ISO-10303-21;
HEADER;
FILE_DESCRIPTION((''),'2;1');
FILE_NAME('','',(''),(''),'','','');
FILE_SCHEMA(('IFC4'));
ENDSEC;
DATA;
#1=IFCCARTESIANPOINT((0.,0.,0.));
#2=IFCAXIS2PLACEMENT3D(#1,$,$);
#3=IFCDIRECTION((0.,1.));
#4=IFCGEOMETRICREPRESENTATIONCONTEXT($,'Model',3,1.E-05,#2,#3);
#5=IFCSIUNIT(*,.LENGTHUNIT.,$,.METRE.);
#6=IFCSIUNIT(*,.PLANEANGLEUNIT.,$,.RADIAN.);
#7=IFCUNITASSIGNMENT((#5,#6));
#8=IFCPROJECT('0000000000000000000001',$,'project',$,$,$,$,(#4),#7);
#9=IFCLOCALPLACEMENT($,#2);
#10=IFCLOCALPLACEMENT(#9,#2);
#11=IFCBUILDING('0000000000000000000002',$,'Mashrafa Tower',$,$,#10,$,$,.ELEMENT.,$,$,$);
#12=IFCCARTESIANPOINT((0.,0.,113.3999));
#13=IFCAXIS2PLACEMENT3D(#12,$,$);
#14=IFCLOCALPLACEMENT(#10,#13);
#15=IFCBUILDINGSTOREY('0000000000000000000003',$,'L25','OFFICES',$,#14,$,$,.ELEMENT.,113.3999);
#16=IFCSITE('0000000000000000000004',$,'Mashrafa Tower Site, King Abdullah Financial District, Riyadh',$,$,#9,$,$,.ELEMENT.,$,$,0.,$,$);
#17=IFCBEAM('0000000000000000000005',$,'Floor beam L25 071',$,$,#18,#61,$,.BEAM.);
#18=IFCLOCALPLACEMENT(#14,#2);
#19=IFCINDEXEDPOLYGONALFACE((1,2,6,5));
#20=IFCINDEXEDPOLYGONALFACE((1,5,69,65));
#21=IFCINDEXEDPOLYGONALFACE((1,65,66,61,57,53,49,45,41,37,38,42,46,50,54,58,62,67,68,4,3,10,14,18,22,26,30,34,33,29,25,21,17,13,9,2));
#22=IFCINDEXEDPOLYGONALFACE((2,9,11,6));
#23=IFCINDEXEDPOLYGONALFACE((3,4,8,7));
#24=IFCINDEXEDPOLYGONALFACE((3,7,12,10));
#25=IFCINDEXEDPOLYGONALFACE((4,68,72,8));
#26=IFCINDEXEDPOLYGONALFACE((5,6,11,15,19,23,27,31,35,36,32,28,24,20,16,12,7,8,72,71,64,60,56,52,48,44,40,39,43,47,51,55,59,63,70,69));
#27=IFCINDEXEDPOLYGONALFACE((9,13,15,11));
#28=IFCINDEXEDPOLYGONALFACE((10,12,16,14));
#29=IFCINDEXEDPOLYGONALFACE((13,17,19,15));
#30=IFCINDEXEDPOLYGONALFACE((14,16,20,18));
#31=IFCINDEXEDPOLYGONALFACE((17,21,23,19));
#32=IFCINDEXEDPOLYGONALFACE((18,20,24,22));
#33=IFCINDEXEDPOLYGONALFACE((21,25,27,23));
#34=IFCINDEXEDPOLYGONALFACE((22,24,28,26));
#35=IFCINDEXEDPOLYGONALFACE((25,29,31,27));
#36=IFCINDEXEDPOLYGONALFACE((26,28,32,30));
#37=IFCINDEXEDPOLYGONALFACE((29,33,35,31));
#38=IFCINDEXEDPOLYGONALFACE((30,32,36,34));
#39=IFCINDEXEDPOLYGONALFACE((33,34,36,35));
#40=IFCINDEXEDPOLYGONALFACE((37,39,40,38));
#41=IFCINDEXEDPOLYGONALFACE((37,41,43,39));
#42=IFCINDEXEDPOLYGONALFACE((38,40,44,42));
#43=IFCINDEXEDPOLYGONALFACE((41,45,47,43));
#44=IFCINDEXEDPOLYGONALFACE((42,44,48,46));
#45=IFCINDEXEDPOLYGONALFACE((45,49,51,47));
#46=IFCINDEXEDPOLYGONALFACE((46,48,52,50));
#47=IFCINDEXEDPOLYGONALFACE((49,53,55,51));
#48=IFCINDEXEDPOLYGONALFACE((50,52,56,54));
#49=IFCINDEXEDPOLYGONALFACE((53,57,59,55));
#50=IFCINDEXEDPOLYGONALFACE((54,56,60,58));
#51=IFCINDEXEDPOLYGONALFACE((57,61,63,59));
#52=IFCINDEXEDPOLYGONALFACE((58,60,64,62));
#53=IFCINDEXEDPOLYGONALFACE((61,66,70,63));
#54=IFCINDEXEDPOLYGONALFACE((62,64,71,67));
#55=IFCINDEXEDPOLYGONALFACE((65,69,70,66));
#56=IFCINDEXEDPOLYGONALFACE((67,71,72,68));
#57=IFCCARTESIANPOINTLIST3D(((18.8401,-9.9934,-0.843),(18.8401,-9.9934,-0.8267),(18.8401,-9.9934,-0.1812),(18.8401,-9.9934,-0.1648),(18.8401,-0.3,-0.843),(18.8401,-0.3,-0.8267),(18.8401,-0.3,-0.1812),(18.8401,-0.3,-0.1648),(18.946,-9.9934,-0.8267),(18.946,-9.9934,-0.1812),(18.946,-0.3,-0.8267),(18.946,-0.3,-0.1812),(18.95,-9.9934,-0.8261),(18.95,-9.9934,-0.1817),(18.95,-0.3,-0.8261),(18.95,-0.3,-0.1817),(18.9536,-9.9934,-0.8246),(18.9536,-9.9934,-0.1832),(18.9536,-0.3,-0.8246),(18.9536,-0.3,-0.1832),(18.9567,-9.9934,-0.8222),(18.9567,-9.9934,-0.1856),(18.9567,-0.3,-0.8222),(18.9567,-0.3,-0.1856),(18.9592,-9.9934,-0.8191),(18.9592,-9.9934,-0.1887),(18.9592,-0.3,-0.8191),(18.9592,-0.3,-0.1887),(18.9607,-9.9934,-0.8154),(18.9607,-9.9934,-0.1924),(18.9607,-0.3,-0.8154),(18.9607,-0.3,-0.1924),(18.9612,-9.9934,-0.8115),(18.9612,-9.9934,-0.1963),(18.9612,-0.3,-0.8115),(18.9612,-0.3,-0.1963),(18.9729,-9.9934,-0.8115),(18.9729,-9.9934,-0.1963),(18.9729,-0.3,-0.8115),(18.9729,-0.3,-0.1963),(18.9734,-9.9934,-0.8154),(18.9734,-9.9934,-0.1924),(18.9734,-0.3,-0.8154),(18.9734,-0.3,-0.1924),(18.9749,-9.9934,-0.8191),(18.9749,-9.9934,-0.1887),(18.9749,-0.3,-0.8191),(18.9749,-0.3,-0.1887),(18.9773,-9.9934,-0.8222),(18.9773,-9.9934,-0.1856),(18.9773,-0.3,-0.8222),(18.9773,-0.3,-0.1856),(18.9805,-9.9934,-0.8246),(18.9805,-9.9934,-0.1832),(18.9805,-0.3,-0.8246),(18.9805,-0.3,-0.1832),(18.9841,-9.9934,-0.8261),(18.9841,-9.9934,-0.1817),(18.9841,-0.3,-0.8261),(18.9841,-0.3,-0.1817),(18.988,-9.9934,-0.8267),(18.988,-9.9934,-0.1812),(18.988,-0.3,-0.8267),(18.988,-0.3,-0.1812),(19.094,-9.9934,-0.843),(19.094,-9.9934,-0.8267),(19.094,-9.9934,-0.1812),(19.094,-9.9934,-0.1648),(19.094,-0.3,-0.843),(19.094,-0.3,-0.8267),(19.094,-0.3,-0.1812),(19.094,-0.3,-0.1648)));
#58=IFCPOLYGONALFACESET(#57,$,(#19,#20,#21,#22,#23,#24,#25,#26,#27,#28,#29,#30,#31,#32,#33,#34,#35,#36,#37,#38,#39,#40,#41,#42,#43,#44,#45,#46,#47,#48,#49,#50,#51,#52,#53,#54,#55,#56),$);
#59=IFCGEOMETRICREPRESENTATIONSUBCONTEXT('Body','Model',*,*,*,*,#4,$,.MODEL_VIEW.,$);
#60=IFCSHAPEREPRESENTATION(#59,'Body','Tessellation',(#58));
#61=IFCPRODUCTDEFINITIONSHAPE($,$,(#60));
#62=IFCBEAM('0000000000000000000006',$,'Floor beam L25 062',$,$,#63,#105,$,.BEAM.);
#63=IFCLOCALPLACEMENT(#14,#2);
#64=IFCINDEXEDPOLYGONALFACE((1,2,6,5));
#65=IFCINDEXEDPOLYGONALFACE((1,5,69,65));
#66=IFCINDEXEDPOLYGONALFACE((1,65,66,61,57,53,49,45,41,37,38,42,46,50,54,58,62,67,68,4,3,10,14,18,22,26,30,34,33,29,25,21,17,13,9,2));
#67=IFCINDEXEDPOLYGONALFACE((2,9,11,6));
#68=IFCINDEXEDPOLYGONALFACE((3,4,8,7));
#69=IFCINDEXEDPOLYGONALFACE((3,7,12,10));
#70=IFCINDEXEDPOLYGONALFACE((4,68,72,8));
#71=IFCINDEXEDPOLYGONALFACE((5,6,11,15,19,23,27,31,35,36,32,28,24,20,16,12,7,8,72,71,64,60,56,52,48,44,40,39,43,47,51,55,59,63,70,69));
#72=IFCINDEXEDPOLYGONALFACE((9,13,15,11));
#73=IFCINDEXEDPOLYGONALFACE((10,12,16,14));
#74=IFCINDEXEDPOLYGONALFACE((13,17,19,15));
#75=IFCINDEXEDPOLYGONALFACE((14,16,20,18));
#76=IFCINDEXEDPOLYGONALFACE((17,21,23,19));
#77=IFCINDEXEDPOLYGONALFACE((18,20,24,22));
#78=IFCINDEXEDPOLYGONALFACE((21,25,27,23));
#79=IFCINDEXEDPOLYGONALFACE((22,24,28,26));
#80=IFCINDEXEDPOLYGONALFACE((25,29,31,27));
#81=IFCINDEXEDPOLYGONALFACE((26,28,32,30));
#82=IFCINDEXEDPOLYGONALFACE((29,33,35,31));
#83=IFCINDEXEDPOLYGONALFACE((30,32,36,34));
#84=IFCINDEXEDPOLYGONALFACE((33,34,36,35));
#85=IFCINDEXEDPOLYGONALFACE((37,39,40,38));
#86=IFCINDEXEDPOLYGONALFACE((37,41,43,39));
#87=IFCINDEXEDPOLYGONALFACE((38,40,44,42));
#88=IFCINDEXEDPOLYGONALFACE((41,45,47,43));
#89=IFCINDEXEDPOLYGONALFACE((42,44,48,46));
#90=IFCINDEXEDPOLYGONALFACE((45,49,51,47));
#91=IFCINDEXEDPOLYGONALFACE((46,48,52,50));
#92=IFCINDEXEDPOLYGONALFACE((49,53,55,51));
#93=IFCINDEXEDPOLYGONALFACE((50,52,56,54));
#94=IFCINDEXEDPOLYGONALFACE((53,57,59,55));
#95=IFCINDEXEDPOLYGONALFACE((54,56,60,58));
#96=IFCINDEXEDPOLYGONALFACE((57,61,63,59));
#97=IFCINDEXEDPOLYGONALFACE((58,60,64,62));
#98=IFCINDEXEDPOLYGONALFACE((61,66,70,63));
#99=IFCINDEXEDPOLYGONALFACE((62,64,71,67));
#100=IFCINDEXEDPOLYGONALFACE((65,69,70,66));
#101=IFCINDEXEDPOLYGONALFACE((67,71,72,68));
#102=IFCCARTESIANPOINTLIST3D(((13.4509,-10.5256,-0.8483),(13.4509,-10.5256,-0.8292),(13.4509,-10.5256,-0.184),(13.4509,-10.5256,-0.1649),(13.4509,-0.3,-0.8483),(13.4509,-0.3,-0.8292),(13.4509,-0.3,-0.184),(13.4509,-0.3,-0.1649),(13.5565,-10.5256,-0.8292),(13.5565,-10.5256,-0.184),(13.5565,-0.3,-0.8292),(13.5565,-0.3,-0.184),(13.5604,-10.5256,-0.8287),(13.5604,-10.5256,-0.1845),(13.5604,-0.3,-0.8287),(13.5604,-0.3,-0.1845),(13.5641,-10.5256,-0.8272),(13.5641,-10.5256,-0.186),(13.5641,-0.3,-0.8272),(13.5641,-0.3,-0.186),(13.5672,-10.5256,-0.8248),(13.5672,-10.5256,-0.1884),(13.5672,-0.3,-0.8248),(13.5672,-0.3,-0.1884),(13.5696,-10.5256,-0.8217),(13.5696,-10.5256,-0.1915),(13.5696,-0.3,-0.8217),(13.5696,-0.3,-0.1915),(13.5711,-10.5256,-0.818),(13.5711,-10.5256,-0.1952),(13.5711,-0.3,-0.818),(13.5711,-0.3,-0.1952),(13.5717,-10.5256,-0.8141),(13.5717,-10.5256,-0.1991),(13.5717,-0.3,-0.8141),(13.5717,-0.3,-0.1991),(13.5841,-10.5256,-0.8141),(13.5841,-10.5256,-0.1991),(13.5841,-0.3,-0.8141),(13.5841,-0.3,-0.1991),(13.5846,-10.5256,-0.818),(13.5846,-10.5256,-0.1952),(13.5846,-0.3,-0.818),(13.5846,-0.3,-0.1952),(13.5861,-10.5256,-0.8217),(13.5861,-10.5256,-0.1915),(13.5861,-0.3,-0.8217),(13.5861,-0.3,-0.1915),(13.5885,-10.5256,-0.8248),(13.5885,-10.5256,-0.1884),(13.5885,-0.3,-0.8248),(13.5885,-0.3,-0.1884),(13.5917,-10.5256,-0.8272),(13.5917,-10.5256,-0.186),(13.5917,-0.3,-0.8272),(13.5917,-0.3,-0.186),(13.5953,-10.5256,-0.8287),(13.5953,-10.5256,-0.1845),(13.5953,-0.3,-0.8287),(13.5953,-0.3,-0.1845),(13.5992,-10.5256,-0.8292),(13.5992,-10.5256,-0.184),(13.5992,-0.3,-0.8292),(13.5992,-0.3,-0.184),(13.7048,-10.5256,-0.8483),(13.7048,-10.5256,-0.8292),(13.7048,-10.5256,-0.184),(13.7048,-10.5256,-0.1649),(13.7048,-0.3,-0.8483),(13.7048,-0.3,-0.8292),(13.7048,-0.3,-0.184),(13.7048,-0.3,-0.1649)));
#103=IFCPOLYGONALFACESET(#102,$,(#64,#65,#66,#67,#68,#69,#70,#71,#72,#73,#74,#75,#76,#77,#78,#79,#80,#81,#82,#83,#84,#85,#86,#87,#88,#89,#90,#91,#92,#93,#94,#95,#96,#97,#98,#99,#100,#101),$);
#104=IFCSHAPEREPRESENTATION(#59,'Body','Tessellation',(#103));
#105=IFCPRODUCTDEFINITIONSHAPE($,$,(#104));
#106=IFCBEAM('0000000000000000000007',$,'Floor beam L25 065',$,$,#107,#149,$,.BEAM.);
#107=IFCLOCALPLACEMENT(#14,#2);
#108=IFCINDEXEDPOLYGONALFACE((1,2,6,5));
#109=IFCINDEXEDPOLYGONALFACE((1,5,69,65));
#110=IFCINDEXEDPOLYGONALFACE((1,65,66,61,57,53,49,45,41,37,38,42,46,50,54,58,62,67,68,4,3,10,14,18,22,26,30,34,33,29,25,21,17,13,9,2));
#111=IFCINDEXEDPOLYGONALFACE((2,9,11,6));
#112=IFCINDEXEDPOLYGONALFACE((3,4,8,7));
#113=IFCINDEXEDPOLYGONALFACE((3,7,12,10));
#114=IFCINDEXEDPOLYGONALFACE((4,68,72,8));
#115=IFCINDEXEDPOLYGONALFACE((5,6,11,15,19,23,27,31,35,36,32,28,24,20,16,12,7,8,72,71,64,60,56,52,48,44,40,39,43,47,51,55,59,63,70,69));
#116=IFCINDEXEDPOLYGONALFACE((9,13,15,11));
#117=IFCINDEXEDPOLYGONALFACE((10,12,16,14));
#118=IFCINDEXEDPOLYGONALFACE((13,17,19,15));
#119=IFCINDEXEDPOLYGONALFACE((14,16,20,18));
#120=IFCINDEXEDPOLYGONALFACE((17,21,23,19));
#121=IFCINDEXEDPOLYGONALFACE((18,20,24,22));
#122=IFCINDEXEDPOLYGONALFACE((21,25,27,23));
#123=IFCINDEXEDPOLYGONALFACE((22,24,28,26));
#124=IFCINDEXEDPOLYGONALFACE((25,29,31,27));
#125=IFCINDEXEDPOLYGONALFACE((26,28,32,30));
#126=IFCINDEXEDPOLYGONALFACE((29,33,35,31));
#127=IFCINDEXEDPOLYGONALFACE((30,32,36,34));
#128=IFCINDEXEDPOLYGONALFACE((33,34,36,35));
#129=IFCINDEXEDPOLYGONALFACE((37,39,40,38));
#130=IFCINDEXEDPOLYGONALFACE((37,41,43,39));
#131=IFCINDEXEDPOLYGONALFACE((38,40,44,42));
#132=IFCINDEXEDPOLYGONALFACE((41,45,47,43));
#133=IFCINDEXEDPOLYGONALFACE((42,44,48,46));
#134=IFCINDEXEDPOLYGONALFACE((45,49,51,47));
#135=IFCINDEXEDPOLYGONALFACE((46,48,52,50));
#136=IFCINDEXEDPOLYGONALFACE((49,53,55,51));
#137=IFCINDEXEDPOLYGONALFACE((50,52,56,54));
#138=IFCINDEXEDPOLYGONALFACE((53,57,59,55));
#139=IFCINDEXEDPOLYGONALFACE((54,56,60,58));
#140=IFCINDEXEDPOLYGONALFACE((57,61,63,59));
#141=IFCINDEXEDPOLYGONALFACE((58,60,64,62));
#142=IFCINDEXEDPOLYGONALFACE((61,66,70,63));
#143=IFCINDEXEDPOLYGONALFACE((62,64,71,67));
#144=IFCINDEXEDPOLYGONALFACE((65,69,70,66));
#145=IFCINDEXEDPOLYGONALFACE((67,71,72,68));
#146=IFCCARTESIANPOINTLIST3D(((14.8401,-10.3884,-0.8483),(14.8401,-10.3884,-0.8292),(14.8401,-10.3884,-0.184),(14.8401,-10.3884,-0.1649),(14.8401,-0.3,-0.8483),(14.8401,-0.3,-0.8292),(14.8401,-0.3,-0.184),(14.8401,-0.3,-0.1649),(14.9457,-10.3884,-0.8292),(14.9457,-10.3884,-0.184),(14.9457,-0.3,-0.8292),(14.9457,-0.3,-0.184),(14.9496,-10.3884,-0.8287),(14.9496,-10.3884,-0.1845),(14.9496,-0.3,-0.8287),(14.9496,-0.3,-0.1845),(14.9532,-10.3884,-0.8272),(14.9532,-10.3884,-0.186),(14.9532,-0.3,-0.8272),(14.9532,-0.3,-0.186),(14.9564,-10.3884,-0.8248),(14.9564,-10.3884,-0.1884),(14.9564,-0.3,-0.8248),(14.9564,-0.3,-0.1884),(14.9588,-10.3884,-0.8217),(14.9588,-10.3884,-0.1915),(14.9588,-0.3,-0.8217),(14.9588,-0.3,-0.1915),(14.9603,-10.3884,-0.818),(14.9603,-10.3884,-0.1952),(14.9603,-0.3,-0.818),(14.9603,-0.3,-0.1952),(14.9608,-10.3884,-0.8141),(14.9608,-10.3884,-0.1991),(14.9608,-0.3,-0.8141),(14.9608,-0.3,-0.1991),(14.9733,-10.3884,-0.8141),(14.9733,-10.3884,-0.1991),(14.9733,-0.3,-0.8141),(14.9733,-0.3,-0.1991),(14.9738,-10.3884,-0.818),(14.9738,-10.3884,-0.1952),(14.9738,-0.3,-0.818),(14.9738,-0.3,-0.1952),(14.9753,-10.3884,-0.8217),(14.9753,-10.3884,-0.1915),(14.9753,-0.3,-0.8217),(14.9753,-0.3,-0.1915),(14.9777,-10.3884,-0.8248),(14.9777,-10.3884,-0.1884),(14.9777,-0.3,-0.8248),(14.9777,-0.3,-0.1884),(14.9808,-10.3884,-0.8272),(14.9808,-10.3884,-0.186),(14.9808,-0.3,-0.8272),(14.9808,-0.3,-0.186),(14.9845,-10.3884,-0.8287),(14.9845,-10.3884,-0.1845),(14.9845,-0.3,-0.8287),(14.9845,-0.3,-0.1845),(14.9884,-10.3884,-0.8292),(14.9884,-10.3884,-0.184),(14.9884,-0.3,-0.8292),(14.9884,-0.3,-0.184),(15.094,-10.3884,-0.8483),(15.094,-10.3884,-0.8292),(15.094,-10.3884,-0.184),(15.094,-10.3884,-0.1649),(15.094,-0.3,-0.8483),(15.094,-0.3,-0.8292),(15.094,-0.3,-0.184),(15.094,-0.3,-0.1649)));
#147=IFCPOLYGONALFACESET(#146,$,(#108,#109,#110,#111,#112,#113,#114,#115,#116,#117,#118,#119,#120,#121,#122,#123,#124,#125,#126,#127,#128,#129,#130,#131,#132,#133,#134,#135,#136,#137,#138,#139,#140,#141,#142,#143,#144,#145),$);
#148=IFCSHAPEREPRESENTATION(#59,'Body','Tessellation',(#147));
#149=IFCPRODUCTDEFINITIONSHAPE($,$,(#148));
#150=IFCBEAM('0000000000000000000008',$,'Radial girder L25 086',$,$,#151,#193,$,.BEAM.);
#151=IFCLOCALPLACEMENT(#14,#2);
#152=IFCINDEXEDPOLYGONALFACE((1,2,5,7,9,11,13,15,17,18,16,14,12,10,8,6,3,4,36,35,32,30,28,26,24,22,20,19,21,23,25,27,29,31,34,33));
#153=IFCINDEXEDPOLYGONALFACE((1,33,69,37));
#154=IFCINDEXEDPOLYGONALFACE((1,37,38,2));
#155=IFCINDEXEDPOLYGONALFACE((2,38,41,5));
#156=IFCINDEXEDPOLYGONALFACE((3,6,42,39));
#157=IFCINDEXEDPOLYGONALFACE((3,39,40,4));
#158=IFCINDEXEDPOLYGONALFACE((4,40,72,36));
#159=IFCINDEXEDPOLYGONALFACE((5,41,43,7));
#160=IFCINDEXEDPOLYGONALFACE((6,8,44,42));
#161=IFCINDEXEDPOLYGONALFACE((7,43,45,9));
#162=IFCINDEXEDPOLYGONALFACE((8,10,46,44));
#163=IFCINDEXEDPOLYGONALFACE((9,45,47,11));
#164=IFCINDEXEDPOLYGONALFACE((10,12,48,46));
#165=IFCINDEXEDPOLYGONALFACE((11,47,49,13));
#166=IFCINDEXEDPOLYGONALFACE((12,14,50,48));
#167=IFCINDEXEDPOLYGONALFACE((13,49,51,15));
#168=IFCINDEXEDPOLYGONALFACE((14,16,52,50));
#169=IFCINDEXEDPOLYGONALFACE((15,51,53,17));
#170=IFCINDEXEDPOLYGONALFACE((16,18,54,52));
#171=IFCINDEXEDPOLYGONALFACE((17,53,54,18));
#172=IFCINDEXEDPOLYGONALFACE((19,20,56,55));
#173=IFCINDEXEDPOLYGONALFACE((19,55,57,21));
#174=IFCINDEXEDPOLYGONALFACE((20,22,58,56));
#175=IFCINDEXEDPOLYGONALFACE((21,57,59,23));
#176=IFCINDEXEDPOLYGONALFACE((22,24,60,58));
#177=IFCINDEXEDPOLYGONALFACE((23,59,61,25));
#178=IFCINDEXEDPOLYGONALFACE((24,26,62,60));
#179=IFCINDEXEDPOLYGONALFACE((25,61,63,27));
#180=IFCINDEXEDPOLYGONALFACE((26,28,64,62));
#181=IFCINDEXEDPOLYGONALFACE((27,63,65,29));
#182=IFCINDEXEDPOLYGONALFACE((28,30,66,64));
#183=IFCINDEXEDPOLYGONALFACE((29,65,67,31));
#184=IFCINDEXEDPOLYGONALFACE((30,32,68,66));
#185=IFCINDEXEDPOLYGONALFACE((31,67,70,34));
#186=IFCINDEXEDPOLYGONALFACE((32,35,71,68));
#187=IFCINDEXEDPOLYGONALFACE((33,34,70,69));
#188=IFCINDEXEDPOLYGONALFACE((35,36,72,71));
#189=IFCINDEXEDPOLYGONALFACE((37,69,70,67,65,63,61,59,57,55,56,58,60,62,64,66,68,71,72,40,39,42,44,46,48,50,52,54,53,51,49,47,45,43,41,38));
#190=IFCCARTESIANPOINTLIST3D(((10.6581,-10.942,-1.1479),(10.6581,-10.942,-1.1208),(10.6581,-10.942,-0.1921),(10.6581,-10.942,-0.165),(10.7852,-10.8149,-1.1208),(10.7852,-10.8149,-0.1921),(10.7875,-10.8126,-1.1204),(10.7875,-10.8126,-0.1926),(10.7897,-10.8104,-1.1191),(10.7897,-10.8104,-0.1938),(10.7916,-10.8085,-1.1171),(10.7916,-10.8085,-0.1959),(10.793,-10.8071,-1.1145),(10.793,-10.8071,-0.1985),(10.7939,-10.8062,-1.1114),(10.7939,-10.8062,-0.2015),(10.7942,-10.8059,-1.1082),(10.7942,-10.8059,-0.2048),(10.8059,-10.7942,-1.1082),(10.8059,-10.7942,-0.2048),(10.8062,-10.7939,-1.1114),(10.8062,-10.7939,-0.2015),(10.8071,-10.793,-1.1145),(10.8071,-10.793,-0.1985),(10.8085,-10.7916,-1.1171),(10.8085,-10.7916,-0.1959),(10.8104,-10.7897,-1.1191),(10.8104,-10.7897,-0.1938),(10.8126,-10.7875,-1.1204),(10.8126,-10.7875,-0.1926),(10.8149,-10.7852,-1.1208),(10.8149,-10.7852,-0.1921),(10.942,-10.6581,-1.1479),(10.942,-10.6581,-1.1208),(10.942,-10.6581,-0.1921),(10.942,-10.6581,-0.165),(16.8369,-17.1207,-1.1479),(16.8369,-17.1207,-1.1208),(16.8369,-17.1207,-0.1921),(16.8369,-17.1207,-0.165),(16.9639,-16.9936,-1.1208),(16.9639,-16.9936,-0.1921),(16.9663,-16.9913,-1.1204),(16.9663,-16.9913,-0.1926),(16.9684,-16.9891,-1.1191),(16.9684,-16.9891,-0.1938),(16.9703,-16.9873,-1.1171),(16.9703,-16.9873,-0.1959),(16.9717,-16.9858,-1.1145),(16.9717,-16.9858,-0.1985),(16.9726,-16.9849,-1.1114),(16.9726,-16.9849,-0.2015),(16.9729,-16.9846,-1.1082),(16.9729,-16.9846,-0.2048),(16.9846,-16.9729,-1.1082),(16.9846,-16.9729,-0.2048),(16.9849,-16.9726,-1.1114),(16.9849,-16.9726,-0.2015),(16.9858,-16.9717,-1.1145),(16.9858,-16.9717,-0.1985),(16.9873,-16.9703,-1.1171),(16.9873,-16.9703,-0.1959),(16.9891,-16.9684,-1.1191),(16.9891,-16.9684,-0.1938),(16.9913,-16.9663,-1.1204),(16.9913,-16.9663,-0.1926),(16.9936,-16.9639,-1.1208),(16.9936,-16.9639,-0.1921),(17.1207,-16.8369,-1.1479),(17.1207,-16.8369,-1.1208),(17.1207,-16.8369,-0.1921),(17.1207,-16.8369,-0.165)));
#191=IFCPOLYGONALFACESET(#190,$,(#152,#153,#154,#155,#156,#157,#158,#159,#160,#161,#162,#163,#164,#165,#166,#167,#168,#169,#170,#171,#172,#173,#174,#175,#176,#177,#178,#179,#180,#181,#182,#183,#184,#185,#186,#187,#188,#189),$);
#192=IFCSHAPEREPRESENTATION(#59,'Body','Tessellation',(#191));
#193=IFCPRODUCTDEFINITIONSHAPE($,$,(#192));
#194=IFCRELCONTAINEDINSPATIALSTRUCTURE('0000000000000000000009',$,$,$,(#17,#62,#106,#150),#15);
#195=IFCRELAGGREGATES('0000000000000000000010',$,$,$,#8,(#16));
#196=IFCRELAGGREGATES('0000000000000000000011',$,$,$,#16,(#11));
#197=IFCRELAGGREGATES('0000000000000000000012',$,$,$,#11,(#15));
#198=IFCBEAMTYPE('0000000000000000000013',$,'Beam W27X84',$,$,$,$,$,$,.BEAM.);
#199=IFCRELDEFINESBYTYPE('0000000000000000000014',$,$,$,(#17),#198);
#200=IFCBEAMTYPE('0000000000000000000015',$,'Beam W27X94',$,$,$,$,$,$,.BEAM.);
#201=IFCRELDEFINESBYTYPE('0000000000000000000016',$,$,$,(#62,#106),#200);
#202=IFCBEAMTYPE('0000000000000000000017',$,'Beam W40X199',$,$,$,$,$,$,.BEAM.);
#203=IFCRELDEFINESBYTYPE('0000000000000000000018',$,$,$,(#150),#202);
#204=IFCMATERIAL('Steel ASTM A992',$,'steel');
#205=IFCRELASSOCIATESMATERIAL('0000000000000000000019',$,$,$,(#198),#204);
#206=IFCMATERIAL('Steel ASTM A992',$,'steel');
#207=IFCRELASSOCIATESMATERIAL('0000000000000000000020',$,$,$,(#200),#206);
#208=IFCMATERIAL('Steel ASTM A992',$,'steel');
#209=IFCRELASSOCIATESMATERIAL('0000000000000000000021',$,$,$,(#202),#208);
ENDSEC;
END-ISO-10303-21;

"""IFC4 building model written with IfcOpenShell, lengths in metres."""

from ifc_helpers import new_model, si_unit, direction, frame, origin, origin_2d, place, context, subcontext, project, spatial, i_section, extrude, material, material_profile, profile_set, type_object, element, save


model = new_model("IFC4")

# Units and contexts
model_context = context("Model", 3, precision=1e-05, world=origin(), true_north=direction((0.0, 1.0)))
body_context = subcontext(model_context, "Body", "Model", "MODEL_VIEW")
ifc_project = project(units=[si_unit("LENGTHUNIT", "METRE"), si_unit("PLANEANGLEUNIT", "RADIAN")], contexts=[model_context])

# Site, building, storey
site_placement = place(None, origin())
site = spatial("IfcSite", under=ifc_project, at=site_placement, Name="Mashrafa Tower Site, King Abdullah Financial District, Riyadh", CompositionType="ELEMENT", RefElevation=0.0)
building_placement = place(site_placement, origin())
building = spatial("IfcBuilding", under=site, at=building_placement, Name="Mashrafa Tower", CompositionType="ELEMENT")
storey_placement = place(building_placement, frame((0.0, 0.0, 113.3999)))
storey = spatial("IfcBuildingStorey", under=building, at=storey_placement, Name="L25", Description="OFFICES", CompositionType="ELEMENT", Elevation=113.3999)

# Beams
ifc_material_1 = material(Name="Steel ASTM A992", Category="steel")
ifc_material_profile_1 = material_profile(ifc_material_1, i_section(OverallWidth=0.2539, OverallDepth=0.6782, WebThickness=0.0117, FlangeThickness=0.0164, FilletRadius=0.0151, at=origin_2d()), Name="W27X84")
ifc_profile_set_1 = profile_set([ifc_material_profile_1], Name="Steel ASTM A992")
beam_type_1 = type_object("IfcBeamType", Name="Beam W27X84", PredefinedType="BEAM", material=ifc_profile_set_1)
beam_1_placement = place(storey_placement, frame((18.967, -0.3, -0.5039), z_axis=(0.0, -1.0, 0.0), x_axis=(1.0, 0.0, 0.0)))
element("IfcBeam", 1, at=beam_1_placement, inside=storey, type_object=beam_type_1, Name="Floor beam L25 071", PredefinedType="BEAM", context=body_context, shape_type="SweptSolid", body=[
    extrude(i_section(OverallWidth=0.2539, OverallDepth=0.6782, WebThickness=0.0117, FlangeThickness=0.0164, FilletRadius=0.0151, at=origin_2d()), origin(), (0.0, 0.0, 1.0), 9.6934),
])
ifc_material_2 = material(Name="Steel ASTM A992", Category="steel")
ifc_material_profile_2 = material_profile(ifc_material_2, i_section(OverallWidth=0.2539, OverallDepth=0.6833, WebThickness=0.0125, FlangeThickness=0.019, FilletRadius=0.0151, at=origin_2d()), Name="W27X94")
ifc_profile_set_2 = profile_set([ifc_material_profile_2], Name="Steel ASTM A992")
beam_type_2 = type_object("IfcBeamType", Name="Beam W27X94", PredefinedType="BEAM", material=ifc_profile_set_2)
beam_2_placement = place(storey_placement, frame((13.5779, -0.3, -0.5066), z_axis=(0.0, -1.0, 0.0), x_axis=(1.0, 0.0, 0.0)))
element("IfcBeam", 2, at=beam_2_placement, inside=storey, type_object=beam_type_2, Name="Floor beam L25 062", PredefinedType="BEAM", context=body_context, shape_type="SweptSolid", body=[
    extrude(i_section(OverallWidth=0.2539, OverallDepth=0.6833, WebThickness=0.0125, FlangeThickness=0.019, FilletRadius=0.0151, at=origin_2d()), origin(), (0.0, 0.0, 1.0), 10.2256),
])
beam_3_placement = place(storey_placement, frame((14.967, -0.3, -0.5066), z_axis=(0.0, -1.0, 0.0), x_axis=(1.0, 0.0, 0.0)))
element("IfcBeam", 3, at=beam_3_placement, inside=storey, type_object=beam_type_2, Name="Floor beam L25 065", PredefinedType="BEAM", context=body_context, shape_type="SweptSolid", body=[
    extrude(i_section(OverallWidth=0.2539, OverallDepth=0.6833, WebThickness=0.0125, FlangeThickness=0.019, FilletRadius=0.0151, at=origin_2d()), origin(), (0.0, 0.0, 1.0), 10.0884),
])
ifc_material_3 = material(Name="Steel ASTM A992", Category="steel")
ifc_material_profile_3 = material_profile(ifc_material_3, i_section(OverallWidth=0.4014, OverallDepth=0.9829, WebThickness=0.0166, FlangeThickness=0.0271, FilletRadius=0.0127, at=origin_2d()), Name="W40X199")
ifc_profile_set_3 = profile_set([ifc_material_profile_3], Name="Steel ASTM A992")
beam_type_3 = type_object("IfcBeamType", Name="Beam W40X199", PredefinedType="BEAM", material=ifc_profile_set_3)
beam_4_placement = place(storey_placement, frame((10.8, -10.8, -0.6565), z_axis=(0.707107, -0.707107, 0.0), x_axis=(0.707107, 0.707107, 0.0)))
element("IfcBeam", 4, at=beam_4_placement, inside=storey, type_object=beam_type_3, Name="Radial girder L25 086", PredefinedType="BEAM", context=body_context, shape_type="SweptSolid", body=[
    extrude(i_section(OverallWidth=0.4014, OverallDepth=0.9829, WebThickness=0.0166, FlangeThickness=0.0271, FilletRadius=0.0127, at=origin_2d()), origin(), (0.0, 0.0, 1.0), 8.738),
])

save(model, "model.ifc")
